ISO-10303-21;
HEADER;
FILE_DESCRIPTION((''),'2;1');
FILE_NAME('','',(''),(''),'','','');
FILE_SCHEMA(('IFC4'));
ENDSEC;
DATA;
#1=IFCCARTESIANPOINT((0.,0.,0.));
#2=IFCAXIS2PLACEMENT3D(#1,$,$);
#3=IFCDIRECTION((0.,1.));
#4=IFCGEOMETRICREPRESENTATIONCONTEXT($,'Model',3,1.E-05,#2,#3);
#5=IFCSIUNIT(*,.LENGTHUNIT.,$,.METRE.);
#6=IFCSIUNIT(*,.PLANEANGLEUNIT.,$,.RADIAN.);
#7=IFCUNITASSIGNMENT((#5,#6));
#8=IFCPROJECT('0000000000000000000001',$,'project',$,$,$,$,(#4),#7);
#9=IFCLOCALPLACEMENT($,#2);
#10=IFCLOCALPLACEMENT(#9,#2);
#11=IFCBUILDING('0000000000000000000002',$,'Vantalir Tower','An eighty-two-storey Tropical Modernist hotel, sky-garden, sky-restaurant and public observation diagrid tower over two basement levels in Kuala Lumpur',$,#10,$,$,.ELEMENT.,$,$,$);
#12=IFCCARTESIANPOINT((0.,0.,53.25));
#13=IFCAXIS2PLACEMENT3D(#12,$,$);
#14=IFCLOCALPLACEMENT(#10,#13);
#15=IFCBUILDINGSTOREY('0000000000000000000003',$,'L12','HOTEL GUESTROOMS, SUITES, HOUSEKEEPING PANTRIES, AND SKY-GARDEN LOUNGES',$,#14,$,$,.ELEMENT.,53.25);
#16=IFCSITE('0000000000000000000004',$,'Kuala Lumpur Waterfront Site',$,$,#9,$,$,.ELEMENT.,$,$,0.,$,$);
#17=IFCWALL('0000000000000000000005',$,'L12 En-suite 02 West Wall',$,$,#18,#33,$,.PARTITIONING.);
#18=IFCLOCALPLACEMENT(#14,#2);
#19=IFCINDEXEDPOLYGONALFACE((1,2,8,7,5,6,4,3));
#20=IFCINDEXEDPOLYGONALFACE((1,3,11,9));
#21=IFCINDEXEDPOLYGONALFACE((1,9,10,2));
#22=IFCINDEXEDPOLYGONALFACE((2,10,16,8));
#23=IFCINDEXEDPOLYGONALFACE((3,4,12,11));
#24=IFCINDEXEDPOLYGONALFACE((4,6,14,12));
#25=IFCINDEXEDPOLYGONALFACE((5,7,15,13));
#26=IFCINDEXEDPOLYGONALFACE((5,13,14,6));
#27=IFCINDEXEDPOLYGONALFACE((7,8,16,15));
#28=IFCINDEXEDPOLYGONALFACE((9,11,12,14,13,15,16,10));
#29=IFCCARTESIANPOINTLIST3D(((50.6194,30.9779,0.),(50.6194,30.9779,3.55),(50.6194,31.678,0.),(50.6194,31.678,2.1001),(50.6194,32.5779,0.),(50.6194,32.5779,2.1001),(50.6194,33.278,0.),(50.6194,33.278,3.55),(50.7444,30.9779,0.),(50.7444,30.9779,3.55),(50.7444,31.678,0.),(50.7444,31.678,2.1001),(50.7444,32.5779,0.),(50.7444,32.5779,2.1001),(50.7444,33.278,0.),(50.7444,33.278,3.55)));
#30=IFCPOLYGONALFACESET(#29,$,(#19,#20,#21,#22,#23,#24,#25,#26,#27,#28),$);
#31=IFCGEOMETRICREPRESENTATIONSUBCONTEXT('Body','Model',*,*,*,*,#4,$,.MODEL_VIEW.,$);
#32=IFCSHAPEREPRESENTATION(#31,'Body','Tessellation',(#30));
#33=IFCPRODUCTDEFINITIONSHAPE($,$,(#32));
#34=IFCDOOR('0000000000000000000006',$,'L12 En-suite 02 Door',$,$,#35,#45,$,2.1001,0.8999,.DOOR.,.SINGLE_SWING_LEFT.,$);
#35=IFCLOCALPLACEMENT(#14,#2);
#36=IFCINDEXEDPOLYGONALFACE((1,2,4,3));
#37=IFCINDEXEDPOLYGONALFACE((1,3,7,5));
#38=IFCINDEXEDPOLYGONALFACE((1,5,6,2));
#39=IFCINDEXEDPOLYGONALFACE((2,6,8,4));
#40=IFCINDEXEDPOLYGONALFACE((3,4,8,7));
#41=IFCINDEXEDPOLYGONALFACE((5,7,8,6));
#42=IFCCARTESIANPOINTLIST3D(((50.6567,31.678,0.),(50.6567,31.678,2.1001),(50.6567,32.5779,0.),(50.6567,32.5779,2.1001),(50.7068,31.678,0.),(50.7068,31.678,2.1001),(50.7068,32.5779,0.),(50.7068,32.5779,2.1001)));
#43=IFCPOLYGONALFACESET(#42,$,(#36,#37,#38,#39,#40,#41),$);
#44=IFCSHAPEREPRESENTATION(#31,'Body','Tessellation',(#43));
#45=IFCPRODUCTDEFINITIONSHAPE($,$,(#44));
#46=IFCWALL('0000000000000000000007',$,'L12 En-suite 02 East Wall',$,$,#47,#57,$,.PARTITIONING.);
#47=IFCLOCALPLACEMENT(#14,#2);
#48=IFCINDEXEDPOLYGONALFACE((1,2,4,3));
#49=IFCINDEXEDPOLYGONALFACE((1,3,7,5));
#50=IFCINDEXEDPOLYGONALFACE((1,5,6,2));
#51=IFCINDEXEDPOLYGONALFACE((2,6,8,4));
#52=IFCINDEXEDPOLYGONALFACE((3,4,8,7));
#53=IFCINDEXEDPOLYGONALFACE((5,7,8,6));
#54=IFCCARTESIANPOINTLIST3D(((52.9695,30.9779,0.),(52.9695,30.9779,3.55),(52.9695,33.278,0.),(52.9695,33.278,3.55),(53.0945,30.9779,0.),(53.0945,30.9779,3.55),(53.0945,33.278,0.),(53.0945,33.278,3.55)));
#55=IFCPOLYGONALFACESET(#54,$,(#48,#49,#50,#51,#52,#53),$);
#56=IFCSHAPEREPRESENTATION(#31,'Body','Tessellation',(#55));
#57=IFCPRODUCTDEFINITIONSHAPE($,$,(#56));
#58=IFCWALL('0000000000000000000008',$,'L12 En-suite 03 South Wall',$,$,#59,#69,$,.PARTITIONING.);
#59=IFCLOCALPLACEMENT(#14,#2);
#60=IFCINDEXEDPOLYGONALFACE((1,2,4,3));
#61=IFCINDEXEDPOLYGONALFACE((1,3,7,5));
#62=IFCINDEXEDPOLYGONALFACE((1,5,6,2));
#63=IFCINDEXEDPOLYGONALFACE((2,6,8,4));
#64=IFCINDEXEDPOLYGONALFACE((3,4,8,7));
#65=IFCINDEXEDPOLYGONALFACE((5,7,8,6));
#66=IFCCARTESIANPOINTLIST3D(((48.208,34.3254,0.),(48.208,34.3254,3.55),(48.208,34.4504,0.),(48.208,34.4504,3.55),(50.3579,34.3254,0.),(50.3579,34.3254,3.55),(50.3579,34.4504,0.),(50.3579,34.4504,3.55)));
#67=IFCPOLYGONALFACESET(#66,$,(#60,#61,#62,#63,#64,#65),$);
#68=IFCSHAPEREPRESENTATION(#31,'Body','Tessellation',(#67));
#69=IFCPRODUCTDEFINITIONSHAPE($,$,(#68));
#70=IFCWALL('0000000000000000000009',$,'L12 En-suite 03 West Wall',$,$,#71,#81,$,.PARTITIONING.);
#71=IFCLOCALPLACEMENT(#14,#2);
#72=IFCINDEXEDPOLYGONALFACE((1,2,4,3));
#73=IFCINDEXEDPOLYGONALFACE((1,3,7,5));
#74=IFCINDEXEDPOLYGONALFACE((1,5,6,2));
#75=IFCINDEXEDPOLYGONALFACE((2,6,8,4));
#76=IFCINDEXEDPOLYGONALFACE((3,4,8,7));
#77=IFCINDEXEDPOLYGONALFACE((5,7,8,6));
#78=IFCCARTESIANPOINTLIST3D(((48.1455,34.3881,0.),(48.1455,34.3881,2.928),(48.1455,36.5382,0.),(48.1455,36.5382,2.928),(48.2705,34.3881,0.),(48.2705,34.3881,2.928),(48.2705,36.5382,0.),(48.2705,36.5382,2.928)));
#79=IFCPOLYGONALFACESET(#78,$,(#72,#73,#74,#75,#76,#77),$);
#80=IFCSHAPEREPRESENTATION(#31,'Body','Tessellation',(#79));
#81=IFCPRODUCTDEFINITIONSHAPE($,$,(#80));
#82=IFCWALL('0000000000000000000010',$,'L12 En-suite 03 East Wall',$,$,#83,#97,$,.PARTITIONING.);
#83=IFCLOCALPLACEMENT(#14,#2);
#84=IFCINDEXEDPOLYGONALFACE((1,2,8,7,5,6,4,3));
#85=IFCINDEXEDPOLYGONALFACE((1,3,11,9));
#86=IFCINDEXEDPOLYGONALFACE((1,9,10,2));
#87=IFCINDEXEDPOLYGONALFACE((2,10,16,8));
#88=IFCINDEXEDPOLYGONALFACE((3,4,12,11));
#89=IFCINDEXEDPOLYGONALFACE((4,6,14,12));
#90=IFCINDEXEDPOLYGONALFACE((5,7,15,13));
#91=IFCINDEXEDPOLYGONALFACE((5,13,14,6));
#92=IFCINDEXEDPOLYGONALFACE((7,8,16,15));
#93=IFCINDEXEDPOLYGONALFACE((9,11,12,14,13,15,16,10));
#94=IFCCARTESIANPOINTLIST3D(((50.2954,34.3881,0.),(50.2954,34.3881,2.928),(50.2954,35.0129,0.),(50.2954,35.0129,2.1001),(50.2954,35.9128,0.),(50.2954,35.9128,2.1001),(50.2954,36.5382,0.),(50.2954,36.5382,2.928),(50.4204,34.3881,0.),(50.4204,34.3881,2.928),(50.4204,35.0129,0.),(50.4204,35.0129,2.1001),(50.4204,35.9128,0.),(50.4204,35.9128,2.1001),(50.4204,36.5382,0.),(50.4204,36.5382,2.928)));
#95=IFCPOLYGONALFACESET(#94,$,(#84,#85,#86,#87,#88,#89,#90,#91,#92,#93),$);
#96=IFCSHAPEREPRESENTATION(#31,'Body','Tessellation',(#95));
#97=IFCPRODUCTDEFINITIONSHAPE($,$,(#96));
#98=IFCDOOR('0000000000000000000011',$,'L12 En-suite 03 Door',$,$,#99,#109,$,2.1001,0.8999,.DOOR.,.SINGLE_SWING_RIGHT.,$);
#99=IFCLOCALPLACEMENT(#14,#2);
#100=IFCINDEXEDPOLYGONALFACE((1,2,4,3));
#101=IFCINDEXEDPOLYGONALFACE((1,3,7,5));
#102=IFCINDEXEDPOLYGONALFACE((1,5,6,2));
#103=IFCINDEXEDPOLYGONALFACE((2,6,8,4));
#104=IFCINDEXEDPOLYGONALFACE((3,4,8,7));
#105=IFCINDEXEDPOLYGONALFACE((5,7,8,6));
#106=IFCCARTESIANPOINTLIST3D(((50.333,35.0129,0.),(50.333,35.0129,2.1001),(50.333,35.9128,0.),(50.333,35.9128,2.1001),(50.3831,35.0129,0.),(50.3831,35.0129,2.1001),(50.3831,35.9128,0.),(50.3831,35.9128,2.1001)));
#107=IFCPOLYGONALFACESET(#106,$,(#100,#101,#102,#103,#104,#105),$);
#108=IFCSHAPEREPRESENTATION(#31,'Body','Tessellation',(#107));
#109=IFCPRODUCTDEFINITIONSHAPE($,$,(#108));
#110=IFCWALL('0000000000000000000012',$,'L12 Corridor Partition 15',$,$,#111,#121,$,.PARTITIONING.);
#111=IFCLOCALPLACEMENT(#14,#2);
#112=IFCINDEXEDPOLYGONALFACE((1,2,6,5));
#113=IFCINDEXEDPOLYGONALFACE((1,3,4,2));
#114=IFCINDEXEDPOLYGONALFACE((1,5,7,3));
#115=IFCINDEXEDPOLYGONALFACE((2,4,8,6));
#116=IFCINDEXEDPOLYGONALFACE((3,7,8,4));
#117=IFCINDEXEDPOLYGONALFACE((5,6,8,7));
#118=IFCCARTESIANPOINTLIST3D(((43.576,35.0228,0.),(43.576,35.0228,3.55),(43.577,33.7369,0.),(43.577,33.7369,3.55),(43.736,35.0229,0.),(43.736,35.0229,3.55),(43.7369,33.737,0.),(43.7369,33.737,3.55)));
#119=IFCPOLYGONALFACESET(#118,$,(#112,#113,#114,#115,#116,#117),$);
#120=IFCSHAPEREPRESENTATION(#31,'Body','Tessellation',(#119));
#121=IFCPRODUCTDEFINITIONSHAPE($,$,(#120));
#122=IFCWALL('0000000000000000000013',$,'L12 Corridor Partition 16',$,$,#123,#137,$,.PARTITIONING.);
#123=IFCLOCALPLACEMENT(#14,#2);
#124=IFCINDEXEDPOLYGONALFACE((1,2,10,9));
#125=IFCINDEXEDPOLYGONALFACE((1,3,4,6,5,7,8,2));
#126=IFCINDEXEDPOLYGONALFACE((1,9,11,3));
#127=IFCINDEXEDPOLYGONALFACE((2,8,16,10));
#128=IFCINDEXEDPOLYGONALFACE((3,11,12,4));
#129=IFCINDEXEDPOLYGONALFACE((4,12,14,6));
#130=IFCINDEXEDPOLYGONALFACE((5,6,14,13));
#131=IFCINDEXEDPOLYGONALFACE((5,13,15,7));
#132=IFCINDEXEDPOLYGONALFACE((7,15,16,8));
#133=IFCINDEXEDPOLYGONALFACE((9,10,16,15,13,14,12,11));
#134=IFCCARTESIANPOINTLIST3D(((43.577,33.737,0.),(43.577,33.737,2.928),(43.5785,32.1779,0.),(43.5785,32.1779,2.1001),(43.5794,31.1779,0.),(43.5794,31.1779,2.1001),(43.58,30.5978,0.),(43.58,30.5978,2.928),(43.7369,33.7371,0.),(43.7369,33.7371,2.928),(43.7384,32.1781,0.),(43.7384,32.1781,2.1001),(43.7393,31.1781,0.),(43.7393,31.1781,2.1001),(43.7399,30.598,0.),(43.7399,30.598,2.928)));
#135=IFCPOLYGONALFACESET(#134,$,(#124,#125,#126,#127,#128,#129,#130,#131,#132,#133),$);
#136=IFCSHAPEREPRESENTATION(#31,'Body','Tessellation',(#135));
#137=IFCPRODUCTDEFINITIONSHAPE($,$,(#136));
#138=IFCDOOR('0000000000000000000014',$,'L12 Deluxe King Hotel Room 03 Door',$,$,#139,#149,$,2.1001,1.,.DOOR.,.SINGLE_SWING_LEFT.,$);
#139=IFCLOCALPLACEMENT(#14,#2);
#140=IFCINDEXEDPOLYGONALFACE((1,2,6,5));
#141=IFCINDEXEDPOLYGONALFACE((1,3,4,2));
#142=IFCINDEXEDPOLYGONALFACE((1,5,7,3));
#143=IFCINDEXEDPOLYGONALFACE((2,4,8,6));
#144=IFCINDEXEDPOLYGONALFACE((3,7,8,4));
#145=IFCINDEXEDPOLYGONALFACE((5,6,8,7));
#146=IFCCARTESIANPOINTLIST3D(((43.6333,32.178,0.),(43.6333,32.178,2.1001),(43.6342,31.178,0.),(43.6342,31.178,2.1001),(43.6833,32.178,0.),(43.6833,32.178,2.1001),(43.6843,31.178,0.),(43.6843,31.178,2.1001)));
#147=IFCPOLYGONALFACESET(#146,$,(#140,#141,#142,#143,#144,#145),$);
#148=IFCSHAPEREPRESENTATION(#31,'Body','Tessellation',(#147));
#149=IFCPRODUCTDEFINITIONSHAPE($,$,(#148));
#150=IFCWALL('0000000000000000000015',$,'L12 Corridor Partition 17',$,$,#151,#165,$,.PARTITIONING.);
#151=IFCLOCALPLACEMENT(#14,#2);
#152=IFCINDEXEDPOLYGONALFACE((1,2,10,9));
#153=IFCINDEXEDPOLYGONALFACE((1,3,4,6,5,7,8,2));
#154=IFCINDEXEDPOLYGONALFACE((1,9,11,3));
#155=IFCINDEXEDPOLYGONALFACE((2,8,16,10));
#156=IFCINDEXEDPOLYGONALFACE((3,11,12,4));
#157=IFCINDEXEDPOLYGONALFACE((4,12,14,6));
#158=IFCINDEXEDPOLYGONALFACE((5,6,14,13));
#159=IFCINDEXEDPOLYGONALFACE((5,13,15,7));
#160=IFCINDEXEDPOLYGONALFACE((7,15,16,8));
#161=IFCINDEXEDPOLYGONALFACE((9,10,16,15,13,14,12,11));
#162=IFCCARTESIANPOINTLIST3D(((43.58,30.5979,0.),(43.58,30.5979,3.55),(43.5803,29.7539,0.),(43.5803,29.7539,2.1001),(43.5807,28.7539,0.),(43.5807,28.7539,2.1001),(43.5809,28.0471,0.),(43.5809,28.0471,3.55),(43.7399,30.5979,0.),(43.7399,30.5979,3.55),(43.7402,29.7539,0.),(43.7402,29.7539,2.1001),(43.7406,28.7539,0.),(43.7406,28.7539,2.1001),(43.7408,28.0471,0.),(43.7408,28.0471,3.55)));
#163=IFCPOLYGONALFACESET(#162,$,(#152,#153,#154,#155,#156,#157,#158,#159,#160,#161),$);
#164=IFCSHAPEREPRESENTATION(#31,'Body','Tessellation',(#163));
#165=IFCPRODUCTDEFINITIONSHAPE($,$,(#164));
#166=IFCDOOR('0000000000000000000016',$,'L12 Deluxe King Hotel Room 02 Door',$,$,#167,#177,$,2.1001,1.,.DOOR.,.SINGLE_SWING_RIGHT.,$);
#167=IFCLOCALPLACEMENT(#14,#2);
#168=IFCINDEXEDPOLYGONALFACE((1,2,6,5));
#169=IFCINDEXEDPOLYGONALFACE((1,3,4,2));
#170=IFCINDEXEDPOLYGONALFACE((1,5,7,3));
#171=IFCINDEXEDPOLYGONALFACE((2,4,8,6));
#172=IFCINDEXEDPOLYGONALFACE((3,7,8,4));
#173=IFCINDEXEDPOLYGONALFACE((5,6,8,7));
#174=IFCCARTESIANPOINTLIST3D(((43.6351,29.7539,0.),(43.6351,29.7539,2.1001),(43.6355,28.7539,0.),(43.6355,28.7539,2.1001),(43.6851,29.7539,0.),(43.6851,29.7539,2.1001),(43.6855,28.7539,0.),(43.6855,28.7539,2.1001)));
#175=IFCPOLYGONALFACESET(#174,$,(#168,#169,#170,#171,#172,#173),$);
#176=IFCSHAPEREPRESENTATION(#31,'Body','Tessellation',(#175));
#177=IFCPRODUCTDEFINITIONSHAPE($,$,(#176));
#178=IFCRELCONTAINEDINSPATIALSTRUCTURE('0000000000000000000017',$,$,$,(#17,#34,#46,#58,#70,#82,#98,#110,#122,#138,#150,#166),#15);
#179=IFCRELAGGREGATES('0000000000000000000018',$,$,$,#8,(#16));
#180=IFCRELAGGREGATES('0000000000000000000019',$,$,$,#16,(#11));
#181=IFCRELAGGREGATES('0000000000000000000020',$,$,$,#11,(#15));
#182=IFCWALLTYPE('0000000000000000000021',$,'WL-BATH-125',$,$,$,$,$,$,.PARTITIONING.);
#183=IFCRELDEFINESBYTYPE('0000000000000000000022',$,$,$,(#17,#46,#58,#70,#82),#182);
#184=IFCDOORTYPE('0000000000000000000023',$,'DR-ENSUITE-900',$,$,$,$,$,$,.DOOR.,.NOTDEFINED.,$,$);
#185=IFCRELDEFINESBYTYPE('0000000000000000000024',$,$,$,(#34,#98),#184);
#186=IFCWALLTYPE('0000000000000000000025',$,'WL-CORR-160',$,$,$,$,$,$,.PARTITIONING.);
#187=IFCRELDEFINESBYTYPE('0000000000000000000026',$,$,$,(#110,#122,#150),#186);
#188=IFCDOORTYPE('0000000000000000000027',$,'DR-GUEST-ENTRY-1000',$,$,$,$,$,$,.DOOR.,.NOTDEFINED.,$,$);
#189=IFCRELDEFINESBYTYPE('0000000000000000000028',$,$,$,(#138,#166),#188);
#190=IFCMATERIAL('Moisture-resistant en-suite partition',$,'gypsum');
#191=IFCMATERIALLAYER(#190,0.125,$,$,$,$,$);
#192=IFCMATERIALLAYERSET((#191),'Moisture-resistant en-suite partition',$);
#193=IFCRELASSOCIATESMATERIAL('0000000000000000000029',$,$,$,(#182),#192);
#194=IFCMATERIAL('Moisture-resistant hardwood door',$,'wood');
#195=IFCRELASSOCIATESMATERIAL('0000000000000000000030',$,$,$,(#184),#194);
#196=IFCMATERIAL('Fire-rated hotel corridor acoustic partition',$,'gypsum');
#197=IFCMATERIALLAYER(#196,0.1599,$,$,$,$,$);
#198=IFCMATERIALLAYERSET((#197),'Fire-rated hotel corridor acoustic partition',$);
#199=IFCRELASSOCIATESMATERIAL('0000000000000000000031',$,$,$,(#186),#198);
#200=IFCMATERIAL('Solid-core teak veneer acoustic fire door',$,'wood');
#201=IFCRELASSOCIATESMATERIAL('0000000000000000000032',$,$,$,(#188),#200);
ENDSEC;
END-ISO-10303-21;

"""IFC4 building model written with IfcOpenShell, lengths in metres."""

from ifc_helpers import new_model, si_unit, direction, frame, frame_2d, origin, place, context, subcontext, project, spatial, rectangle, extrude, material, layer, layer_set, type_object, element, fill, save


model = new_model("IFC4")

# Units and contexts
model_context = context("Model", 3, precision=1e-05, world=origin(), true_north=direction((0.0, 1.0)))
body_context = subcontext(model_context, "Body", "Model", "MODEL_VIEW")
ifc_project = project(units=[si_unit("LENGTHUNIT", "METRE"), si_unit("PLANEANGLEUNIT", "RADIAN")], contexts=[model_context])

# Site, building, storey
site_placement = place(None, origin())
site = spatial("IfcSite", under=ifc_project, at=site_placement, Name="Kuala Lumpur Waterfront Site", CompositionType="ELEMENT", RefElevation=0.0)
building_placement = place(site_placement, origin())
building = spatial("IfcBuilding", under=site, at=building_placement, Name="Vantalir Tower", Description="An eighty-two-storey Tropical Modernist hotel, sky-garden, sky-restaurant and public observation diagrid tower over two basement levels in Kuala Lumpur", CompositionType="ELEMENT")
storey_placement = place(building_placement, frame((0.0, 0.0, 53.25)))
storey = spatial("IfcBuildingStorey", under=building, at=storey_placement, Name="L12", Description="HOTEL GUESTROOMS, SUITES, HOUSEKEEPING PANTRIES, AND SKY-GARDEN LOUNGES", CompositionType="ELEMENT", Elevation=53.25)

# Shared definitions
ifc_material_1 = material(Name="Moisture-resistant en-suite partition", Category="gypsum")
ifc_layer_1 = layer(ifc_material_1, 0.125)
ifc_layer_set_1 = layer_set([ifc_layer_1], Name="Moisture-resistant en-suite partition")
wall_type_1 = type_object("IfcWallType", Name="WL-BATH-125", PredefinedType="PARTITIONING", material=ifc_layer_set_1)

# Shared definitions
ifc_material_2 = material(Name="Moisture-resistant hardwood door", Category="wood")
door_type_1 = type_object("IfcDoorType", Name="DR-ENSUITE-900", OperationType="NOTDEFINED", PredefinedType="DOOR", material=ifc_material_2)

# Wall, opening, door
wall_1_placement = place(storey_placement, frame((50.6819, 30.978, 0.0), z_axis=(0.0, 0.0, 1.0), x_axis=(0.0, 1.0, 0.0)))
wall_1 = element("IfcWall", 1, at=wall_1_placement, inside=storey, type_object=wall_type_1, Name="L12 En-suite 02 West Wall", PredefinedType="PARTITIONING", context=body_context, shape_type="SweptSolid", body=[
    extrude(rectangle(XDim=2.3, YDim=0.125, at=frame_2d((1.1499, 0.0))), origin(), (0.0, 0.0, 1.0), 3.55),
])
opening_1_placement = place(wall_1_placement, frame((0.7, 0.0, 0.0)))
opening_1 = element("IfcOpeningElement", 2, at=opening_1_placement, cuts=wall_1, PredefinedType="OPENING", context=body_context, shape_type="SweptSolid", body=[
    extrude(rectangle(XDim=0.8999, YDim=2.1001, at=frame_2d((0.45, 1.05))), frame((0.0, 0.0725, 0.0), z_axis=(0.0, -1.0, 0.0), x_axis=(1.0, 0.0, 0.0)), (0.0, 0.0, 1.0), 0.145),
])
door_1_placement = place(opening_1_placement, frame((0.8999, 0.0, 0.0), z_axis=(0.0, 0.0, 1.0), x_axis=(-1.0, 0.0, 0.0)))
door_1 = element("IfcDoor", 3, at=door_1_placement, inside=storey, type_object=door_type_1, Name="L12 En-suite 02 Door", OperationType="SINGLE_SWING_LEFT", OverallHeight=2.1001, OverallWidth=0.8999, PredefinedType="DOOR", context=body_context, shape_type="SweptSolid", body=[
    extrude(rectangle(XDim=0.8999, YDim=2.1001, at=frame_2d((0.45, 1.05))), frame((0.0, 0.0249, 0.0), z_axis=(0.0, -1.0, 0.0), x_axis=(1.0, 0.0, 0.0)), (0.0, 0.0, 1.0), 0.05),
])
fill(opening_1, door_1)

# Walls
wall_2_placement = place(storey_placement, frame((53.032, 30.978, 0.0), z_axis=(0.0, 0.0, 1.0), x_axis=(0.0, 1.0, 0.0)))
element("IfcWall", 4, at=wall_2_placement, inside=storey, type_object=wall_type_1, Name="L12 En-suite 02 East Wall", PredefinedType="PARTITIONING", context=body_context, shape_type="SweptSolid", body=[
    extrude(rectangle(XDim=2.3, YDim=0.125, at=frame_2d((1.1499, 0.0))), origin(), (0.0, 0.0, 1.0), 3.55),
])
wall_3_placement = place(storey_placement, frame((48.208, 34.3879, 0.0), z_axis=(0.0, 0.0, 1.0), x_axis=(1.0, 0.0, 0.0)))
element("IfcWall", 5, at=wall_3_placement, inside=storey, type_object=wall_type_1, Name="L12 En-suite 03 South Wall", PredefinedType="PARTITIONING", context=body_context, shape_type="SweptSolid", body=[
    extrude(rectangle(XDim=2.1499, YDim=0.125, at=frame_2d((1.075, 0.0))), origin(), (0.0, 0.0, 1.0), 3.55),
])
wall_4_placement = place(storey_placement, frame((48.208, 34.3879, 0.0), z_axis=(0.0, 0.0, 1.0), x_axis=(0.0, 1.0, 0.0)))
element("IfcWall", 6, at=wall_4_placement, inside=storey, type_object=wall_type_1, Name="L12 En-suite 03 West Wall", PredefinedType="PARTITIONING", context=body_context, shape_type="SweptSolid", body=[
    extrude(rectangle(XDim=2.1501, YDim=0.125, at=frame_2d((1.0752, 0.0))), origin(), (0.0, 0.0, 1.0), 2.928),
])

# Wall, opening, door
wall_5_placement = place(storey_placement, frame((50.3579, 34.3879, 0.0), z_axis=(0.0, 0.0, 1.0), x_axis=(0.0, 1.0, 0.0)))
wall_5 = element("IfcWall", 7, at=wall_5_placement, inside=storey, type_object=wall_type_1, Name="L12 En-suite 03 East Wall", PredefinedType="PARTITIONING", context=body_context, shape_type="SweptSolid", body=[
    extrude(rectangle(XDim=2.1501, YDim=0.125, at=frame_2d((1.0752, 0.0))), origin(), (0.0, 0.0, 1.0), 2.928),
])
opening_2_placement = place(wall_5_placement, frame((0.625, 0.0, 0.0)))
opening_2 = element("IfcOpeningElement", 8, at=opening_2_placement, cuts=wall_5, PredefinedType="OPENING", context=body_context, shape_type="SweptSolid", body=[
    extrude(rectangle(XDim=0.8999, YDim=2.1001, at=frame_2d((0.45, 1.05))), frame((0.0, 0.0725, 0.0), z_axis=(0.0, -1.0, 0.0), x_axis=(1.0, 0.0, 0.0)), (0.0, 0.0, 1.0), 0.145),
])
door_2_placement = place(opening_2_placement, origin())
door_2 = element("IfcDoor", 9, at=door_2_placement, inside=storey, type_object=door_type_1, Name="L12 En-suite 03 Door", OperationType="SINGLE_SWING_RIGHT", OverallHeight=2.1001, OverallWidth=0.8999, PredefinedType="DOOR", context=body_context, shape_type="SweptSolid", body=[
    extrude(rectangle(XDim=0.8999, YDim=2.1001, at=frame_2d((0.45, 1.05))), frame((0.0, 0.0249, 0.0), z_axis=(0.0, -1.0, 0.0), x_axis=(1.0, 0.0, 0.0)), (0.0, 0.0, 1.0), 0.05),
])
fill(opening_2, door_2)

# Wall
ifc_material_3 = material(Name="Fire-rated hotel corridor acoustic partition", Category="gypsum")
ifc_layer_2 = layer(ifc_material_3, 0.1599)
ifc_layer_set_2 = layer_set([ifc_layer_2], Name="Fire-rated hotel corridor acoustic partition")
wall_type_2 = type_object("IfcWallType", Name="WL-CORR-160", PredefinedType="PARTITIONING", material=ifc_layer_set_2)
wall_6_placement = place(storey_placement, frame((43.656, 35.0229, 0.0), z_axis=(0.0, 0.0, 1.0), x_axis=(0.000759, -1.0, 0.0)))
element("IfcWall", 10, at=wall_6_placement, inside=storey, type_object=wall_type_2, Name="L12 Corridor Partition 15", PredefinedType="PARTITIONING", context=body_context, shape_type="SweptSolid", body=[
    extrude(rectangle(XDim=1.2859, YDim=0.1599, at=frame_2d((0.6431, 0.0))), origin(), (0.0, 0.0, 1.0), 3.55),
])

# Walls, openings, doors
wall_7_placement = place(storey_placement, frame((43.657, 33.7371, 0.0), z_axis=(0.0, 0.0, 1.0), x_axis=(0.000933, -1.0, 0.0)))
wall_7 = element("IfcWall", 11, at=wall_7_placement, inside=storey, type_object=wall_type_2, Name="L12 Corridor Partition 16", PredefinedType="PARTITIONING", context=body_context, shape_type="SweptSolid", body=[
    extrude(rectangle(XDim=3.1392, YDim=0.1599, at=frame_2d((1.5696, 0.0))), origin(), (0.0, 0.0, 1.0), 2.928),
])
opening_3_placement = place(wall_7_placement, frame((1.5591, 0.0, 0.0)))
opening_3 = element("IfcOpeningElement", 12, at=opening_3_placement, cuts=wall_7, PredefinedType="OPENING", context=body_context, shape_type="SweptSolid", body=[
    extrude(rectangle(XDim=1.0, YDim=2.1001, at=frame_2d((0.5, 1.05))), frame((0.0, 0.0898, 0.0), z_axis=(0.0, -1.0, 0.0), x_axis=(1.0, 0.0, 0.0)), (0.0, 0.0, 1.0), 0.1799),
])
ifc_material_4 = material(Name="Solid-core teak veneer acoustic fire door", Category="wood")
door_type_2 = type_object("IfcDoorType", Name="DR-GUEST-ENTRY-1000", OperationType="NOTDEFINED", PredefinedType="DOOR", material=ifc_material_4)
door_3_placement = place(opening_3_placement, origin())
door_3 = element("IfcDoor", 13, at=door_3_placement, inside=storey, type_object=door_type_2, Name="L12 Deluxe King Hotel Room 03 Door", OperationType="SINGLE_SWING_LEFT", OverallHeight=2.1001, OverallWidth=1.0, PredefinedType="DOOR", context=body_context, shape_type="SweptSolid", body=[
    extrude(rectangle(XDim=1.0, YDim=2.1001, at=frame_2d((0.5, 1.05))), frame((0.0, 0.0249, 0.0), z_axis=(0.0, -1.0, 0.0), x_axis=(1.0, 0.0, 0.0)), (0.0, 0.0, 1.0), 0.05),
])
fill(opening_3, door_3)
wall_8_placement = place(storey_placement, frame((43.6599, 30.5979, 0.0), z_axis=(0.0, 0.0, 1.0), x_axis=(0.000383, -1.0, 0.0)))
wall_8 = element("IfcWall", 14, at=wall_8_placement, inside=storey, type_object=wall_type_2, Name="L12 Corridor Partition 17", PredefinedType="PARTITIONING", context=body_context, shape_type="SweptSolid", body=[
    extrude(rectangle(XDim=2.5508, YDim=0.1599, at=frame_2d((1.2754, 0.0))), origin(), (0.0, 0.0, 1.0), 3.55),
])
opening_4_placement = place(wall_8_placement, frame((0.844, 0.0, 0.0)))
opening_4 = element("IfcOpeningElement", 15, at=opening_4_placement, cuts=wall_8, PredefinedType="OPENING", context=body_context, shape_type="SweptSolid", body=[
    extrude(rectangle(XDim=1.0, YDim=2.1001, at=frame_2d((0.5, 1.05))), frame((0.0, 0.0898, 0.0), z_axis=(0.0, -1.0, 0.0), x_axis=(1.0, 0.0, 0.0)), (0.0, 0.0, 1.0), 0.1799),
])
door_4_placement = place(opening_4_placement, origin())
door_4 = element("IfcDoor", 16, at=door_4_placement, inside=storey, type_object=door_type_2, Name="L12 Deluxe King Hotel Room 02 Door", OperationType="SINGLE_SWING_RIGHT", OverallHeight=2.1001, OverallWidth=1.0, PredefinedType="DOOR", context=body_context, shape_type="SweptSolid", body=[
    extrude(rectangle(XDim=1.0, YDim=2.1001, at=frame_2d((0.5, 1.05))), frame((0.0, 0.0249, 0.0), z_axis=(0.0, -1.0, 0.0), x_axis=(1.0, 0.0, 0.0)), (0.0, 0.0, 1.0), 0.05),
])
fill(opening_4, door_4)

save(model, "model.ifc")
